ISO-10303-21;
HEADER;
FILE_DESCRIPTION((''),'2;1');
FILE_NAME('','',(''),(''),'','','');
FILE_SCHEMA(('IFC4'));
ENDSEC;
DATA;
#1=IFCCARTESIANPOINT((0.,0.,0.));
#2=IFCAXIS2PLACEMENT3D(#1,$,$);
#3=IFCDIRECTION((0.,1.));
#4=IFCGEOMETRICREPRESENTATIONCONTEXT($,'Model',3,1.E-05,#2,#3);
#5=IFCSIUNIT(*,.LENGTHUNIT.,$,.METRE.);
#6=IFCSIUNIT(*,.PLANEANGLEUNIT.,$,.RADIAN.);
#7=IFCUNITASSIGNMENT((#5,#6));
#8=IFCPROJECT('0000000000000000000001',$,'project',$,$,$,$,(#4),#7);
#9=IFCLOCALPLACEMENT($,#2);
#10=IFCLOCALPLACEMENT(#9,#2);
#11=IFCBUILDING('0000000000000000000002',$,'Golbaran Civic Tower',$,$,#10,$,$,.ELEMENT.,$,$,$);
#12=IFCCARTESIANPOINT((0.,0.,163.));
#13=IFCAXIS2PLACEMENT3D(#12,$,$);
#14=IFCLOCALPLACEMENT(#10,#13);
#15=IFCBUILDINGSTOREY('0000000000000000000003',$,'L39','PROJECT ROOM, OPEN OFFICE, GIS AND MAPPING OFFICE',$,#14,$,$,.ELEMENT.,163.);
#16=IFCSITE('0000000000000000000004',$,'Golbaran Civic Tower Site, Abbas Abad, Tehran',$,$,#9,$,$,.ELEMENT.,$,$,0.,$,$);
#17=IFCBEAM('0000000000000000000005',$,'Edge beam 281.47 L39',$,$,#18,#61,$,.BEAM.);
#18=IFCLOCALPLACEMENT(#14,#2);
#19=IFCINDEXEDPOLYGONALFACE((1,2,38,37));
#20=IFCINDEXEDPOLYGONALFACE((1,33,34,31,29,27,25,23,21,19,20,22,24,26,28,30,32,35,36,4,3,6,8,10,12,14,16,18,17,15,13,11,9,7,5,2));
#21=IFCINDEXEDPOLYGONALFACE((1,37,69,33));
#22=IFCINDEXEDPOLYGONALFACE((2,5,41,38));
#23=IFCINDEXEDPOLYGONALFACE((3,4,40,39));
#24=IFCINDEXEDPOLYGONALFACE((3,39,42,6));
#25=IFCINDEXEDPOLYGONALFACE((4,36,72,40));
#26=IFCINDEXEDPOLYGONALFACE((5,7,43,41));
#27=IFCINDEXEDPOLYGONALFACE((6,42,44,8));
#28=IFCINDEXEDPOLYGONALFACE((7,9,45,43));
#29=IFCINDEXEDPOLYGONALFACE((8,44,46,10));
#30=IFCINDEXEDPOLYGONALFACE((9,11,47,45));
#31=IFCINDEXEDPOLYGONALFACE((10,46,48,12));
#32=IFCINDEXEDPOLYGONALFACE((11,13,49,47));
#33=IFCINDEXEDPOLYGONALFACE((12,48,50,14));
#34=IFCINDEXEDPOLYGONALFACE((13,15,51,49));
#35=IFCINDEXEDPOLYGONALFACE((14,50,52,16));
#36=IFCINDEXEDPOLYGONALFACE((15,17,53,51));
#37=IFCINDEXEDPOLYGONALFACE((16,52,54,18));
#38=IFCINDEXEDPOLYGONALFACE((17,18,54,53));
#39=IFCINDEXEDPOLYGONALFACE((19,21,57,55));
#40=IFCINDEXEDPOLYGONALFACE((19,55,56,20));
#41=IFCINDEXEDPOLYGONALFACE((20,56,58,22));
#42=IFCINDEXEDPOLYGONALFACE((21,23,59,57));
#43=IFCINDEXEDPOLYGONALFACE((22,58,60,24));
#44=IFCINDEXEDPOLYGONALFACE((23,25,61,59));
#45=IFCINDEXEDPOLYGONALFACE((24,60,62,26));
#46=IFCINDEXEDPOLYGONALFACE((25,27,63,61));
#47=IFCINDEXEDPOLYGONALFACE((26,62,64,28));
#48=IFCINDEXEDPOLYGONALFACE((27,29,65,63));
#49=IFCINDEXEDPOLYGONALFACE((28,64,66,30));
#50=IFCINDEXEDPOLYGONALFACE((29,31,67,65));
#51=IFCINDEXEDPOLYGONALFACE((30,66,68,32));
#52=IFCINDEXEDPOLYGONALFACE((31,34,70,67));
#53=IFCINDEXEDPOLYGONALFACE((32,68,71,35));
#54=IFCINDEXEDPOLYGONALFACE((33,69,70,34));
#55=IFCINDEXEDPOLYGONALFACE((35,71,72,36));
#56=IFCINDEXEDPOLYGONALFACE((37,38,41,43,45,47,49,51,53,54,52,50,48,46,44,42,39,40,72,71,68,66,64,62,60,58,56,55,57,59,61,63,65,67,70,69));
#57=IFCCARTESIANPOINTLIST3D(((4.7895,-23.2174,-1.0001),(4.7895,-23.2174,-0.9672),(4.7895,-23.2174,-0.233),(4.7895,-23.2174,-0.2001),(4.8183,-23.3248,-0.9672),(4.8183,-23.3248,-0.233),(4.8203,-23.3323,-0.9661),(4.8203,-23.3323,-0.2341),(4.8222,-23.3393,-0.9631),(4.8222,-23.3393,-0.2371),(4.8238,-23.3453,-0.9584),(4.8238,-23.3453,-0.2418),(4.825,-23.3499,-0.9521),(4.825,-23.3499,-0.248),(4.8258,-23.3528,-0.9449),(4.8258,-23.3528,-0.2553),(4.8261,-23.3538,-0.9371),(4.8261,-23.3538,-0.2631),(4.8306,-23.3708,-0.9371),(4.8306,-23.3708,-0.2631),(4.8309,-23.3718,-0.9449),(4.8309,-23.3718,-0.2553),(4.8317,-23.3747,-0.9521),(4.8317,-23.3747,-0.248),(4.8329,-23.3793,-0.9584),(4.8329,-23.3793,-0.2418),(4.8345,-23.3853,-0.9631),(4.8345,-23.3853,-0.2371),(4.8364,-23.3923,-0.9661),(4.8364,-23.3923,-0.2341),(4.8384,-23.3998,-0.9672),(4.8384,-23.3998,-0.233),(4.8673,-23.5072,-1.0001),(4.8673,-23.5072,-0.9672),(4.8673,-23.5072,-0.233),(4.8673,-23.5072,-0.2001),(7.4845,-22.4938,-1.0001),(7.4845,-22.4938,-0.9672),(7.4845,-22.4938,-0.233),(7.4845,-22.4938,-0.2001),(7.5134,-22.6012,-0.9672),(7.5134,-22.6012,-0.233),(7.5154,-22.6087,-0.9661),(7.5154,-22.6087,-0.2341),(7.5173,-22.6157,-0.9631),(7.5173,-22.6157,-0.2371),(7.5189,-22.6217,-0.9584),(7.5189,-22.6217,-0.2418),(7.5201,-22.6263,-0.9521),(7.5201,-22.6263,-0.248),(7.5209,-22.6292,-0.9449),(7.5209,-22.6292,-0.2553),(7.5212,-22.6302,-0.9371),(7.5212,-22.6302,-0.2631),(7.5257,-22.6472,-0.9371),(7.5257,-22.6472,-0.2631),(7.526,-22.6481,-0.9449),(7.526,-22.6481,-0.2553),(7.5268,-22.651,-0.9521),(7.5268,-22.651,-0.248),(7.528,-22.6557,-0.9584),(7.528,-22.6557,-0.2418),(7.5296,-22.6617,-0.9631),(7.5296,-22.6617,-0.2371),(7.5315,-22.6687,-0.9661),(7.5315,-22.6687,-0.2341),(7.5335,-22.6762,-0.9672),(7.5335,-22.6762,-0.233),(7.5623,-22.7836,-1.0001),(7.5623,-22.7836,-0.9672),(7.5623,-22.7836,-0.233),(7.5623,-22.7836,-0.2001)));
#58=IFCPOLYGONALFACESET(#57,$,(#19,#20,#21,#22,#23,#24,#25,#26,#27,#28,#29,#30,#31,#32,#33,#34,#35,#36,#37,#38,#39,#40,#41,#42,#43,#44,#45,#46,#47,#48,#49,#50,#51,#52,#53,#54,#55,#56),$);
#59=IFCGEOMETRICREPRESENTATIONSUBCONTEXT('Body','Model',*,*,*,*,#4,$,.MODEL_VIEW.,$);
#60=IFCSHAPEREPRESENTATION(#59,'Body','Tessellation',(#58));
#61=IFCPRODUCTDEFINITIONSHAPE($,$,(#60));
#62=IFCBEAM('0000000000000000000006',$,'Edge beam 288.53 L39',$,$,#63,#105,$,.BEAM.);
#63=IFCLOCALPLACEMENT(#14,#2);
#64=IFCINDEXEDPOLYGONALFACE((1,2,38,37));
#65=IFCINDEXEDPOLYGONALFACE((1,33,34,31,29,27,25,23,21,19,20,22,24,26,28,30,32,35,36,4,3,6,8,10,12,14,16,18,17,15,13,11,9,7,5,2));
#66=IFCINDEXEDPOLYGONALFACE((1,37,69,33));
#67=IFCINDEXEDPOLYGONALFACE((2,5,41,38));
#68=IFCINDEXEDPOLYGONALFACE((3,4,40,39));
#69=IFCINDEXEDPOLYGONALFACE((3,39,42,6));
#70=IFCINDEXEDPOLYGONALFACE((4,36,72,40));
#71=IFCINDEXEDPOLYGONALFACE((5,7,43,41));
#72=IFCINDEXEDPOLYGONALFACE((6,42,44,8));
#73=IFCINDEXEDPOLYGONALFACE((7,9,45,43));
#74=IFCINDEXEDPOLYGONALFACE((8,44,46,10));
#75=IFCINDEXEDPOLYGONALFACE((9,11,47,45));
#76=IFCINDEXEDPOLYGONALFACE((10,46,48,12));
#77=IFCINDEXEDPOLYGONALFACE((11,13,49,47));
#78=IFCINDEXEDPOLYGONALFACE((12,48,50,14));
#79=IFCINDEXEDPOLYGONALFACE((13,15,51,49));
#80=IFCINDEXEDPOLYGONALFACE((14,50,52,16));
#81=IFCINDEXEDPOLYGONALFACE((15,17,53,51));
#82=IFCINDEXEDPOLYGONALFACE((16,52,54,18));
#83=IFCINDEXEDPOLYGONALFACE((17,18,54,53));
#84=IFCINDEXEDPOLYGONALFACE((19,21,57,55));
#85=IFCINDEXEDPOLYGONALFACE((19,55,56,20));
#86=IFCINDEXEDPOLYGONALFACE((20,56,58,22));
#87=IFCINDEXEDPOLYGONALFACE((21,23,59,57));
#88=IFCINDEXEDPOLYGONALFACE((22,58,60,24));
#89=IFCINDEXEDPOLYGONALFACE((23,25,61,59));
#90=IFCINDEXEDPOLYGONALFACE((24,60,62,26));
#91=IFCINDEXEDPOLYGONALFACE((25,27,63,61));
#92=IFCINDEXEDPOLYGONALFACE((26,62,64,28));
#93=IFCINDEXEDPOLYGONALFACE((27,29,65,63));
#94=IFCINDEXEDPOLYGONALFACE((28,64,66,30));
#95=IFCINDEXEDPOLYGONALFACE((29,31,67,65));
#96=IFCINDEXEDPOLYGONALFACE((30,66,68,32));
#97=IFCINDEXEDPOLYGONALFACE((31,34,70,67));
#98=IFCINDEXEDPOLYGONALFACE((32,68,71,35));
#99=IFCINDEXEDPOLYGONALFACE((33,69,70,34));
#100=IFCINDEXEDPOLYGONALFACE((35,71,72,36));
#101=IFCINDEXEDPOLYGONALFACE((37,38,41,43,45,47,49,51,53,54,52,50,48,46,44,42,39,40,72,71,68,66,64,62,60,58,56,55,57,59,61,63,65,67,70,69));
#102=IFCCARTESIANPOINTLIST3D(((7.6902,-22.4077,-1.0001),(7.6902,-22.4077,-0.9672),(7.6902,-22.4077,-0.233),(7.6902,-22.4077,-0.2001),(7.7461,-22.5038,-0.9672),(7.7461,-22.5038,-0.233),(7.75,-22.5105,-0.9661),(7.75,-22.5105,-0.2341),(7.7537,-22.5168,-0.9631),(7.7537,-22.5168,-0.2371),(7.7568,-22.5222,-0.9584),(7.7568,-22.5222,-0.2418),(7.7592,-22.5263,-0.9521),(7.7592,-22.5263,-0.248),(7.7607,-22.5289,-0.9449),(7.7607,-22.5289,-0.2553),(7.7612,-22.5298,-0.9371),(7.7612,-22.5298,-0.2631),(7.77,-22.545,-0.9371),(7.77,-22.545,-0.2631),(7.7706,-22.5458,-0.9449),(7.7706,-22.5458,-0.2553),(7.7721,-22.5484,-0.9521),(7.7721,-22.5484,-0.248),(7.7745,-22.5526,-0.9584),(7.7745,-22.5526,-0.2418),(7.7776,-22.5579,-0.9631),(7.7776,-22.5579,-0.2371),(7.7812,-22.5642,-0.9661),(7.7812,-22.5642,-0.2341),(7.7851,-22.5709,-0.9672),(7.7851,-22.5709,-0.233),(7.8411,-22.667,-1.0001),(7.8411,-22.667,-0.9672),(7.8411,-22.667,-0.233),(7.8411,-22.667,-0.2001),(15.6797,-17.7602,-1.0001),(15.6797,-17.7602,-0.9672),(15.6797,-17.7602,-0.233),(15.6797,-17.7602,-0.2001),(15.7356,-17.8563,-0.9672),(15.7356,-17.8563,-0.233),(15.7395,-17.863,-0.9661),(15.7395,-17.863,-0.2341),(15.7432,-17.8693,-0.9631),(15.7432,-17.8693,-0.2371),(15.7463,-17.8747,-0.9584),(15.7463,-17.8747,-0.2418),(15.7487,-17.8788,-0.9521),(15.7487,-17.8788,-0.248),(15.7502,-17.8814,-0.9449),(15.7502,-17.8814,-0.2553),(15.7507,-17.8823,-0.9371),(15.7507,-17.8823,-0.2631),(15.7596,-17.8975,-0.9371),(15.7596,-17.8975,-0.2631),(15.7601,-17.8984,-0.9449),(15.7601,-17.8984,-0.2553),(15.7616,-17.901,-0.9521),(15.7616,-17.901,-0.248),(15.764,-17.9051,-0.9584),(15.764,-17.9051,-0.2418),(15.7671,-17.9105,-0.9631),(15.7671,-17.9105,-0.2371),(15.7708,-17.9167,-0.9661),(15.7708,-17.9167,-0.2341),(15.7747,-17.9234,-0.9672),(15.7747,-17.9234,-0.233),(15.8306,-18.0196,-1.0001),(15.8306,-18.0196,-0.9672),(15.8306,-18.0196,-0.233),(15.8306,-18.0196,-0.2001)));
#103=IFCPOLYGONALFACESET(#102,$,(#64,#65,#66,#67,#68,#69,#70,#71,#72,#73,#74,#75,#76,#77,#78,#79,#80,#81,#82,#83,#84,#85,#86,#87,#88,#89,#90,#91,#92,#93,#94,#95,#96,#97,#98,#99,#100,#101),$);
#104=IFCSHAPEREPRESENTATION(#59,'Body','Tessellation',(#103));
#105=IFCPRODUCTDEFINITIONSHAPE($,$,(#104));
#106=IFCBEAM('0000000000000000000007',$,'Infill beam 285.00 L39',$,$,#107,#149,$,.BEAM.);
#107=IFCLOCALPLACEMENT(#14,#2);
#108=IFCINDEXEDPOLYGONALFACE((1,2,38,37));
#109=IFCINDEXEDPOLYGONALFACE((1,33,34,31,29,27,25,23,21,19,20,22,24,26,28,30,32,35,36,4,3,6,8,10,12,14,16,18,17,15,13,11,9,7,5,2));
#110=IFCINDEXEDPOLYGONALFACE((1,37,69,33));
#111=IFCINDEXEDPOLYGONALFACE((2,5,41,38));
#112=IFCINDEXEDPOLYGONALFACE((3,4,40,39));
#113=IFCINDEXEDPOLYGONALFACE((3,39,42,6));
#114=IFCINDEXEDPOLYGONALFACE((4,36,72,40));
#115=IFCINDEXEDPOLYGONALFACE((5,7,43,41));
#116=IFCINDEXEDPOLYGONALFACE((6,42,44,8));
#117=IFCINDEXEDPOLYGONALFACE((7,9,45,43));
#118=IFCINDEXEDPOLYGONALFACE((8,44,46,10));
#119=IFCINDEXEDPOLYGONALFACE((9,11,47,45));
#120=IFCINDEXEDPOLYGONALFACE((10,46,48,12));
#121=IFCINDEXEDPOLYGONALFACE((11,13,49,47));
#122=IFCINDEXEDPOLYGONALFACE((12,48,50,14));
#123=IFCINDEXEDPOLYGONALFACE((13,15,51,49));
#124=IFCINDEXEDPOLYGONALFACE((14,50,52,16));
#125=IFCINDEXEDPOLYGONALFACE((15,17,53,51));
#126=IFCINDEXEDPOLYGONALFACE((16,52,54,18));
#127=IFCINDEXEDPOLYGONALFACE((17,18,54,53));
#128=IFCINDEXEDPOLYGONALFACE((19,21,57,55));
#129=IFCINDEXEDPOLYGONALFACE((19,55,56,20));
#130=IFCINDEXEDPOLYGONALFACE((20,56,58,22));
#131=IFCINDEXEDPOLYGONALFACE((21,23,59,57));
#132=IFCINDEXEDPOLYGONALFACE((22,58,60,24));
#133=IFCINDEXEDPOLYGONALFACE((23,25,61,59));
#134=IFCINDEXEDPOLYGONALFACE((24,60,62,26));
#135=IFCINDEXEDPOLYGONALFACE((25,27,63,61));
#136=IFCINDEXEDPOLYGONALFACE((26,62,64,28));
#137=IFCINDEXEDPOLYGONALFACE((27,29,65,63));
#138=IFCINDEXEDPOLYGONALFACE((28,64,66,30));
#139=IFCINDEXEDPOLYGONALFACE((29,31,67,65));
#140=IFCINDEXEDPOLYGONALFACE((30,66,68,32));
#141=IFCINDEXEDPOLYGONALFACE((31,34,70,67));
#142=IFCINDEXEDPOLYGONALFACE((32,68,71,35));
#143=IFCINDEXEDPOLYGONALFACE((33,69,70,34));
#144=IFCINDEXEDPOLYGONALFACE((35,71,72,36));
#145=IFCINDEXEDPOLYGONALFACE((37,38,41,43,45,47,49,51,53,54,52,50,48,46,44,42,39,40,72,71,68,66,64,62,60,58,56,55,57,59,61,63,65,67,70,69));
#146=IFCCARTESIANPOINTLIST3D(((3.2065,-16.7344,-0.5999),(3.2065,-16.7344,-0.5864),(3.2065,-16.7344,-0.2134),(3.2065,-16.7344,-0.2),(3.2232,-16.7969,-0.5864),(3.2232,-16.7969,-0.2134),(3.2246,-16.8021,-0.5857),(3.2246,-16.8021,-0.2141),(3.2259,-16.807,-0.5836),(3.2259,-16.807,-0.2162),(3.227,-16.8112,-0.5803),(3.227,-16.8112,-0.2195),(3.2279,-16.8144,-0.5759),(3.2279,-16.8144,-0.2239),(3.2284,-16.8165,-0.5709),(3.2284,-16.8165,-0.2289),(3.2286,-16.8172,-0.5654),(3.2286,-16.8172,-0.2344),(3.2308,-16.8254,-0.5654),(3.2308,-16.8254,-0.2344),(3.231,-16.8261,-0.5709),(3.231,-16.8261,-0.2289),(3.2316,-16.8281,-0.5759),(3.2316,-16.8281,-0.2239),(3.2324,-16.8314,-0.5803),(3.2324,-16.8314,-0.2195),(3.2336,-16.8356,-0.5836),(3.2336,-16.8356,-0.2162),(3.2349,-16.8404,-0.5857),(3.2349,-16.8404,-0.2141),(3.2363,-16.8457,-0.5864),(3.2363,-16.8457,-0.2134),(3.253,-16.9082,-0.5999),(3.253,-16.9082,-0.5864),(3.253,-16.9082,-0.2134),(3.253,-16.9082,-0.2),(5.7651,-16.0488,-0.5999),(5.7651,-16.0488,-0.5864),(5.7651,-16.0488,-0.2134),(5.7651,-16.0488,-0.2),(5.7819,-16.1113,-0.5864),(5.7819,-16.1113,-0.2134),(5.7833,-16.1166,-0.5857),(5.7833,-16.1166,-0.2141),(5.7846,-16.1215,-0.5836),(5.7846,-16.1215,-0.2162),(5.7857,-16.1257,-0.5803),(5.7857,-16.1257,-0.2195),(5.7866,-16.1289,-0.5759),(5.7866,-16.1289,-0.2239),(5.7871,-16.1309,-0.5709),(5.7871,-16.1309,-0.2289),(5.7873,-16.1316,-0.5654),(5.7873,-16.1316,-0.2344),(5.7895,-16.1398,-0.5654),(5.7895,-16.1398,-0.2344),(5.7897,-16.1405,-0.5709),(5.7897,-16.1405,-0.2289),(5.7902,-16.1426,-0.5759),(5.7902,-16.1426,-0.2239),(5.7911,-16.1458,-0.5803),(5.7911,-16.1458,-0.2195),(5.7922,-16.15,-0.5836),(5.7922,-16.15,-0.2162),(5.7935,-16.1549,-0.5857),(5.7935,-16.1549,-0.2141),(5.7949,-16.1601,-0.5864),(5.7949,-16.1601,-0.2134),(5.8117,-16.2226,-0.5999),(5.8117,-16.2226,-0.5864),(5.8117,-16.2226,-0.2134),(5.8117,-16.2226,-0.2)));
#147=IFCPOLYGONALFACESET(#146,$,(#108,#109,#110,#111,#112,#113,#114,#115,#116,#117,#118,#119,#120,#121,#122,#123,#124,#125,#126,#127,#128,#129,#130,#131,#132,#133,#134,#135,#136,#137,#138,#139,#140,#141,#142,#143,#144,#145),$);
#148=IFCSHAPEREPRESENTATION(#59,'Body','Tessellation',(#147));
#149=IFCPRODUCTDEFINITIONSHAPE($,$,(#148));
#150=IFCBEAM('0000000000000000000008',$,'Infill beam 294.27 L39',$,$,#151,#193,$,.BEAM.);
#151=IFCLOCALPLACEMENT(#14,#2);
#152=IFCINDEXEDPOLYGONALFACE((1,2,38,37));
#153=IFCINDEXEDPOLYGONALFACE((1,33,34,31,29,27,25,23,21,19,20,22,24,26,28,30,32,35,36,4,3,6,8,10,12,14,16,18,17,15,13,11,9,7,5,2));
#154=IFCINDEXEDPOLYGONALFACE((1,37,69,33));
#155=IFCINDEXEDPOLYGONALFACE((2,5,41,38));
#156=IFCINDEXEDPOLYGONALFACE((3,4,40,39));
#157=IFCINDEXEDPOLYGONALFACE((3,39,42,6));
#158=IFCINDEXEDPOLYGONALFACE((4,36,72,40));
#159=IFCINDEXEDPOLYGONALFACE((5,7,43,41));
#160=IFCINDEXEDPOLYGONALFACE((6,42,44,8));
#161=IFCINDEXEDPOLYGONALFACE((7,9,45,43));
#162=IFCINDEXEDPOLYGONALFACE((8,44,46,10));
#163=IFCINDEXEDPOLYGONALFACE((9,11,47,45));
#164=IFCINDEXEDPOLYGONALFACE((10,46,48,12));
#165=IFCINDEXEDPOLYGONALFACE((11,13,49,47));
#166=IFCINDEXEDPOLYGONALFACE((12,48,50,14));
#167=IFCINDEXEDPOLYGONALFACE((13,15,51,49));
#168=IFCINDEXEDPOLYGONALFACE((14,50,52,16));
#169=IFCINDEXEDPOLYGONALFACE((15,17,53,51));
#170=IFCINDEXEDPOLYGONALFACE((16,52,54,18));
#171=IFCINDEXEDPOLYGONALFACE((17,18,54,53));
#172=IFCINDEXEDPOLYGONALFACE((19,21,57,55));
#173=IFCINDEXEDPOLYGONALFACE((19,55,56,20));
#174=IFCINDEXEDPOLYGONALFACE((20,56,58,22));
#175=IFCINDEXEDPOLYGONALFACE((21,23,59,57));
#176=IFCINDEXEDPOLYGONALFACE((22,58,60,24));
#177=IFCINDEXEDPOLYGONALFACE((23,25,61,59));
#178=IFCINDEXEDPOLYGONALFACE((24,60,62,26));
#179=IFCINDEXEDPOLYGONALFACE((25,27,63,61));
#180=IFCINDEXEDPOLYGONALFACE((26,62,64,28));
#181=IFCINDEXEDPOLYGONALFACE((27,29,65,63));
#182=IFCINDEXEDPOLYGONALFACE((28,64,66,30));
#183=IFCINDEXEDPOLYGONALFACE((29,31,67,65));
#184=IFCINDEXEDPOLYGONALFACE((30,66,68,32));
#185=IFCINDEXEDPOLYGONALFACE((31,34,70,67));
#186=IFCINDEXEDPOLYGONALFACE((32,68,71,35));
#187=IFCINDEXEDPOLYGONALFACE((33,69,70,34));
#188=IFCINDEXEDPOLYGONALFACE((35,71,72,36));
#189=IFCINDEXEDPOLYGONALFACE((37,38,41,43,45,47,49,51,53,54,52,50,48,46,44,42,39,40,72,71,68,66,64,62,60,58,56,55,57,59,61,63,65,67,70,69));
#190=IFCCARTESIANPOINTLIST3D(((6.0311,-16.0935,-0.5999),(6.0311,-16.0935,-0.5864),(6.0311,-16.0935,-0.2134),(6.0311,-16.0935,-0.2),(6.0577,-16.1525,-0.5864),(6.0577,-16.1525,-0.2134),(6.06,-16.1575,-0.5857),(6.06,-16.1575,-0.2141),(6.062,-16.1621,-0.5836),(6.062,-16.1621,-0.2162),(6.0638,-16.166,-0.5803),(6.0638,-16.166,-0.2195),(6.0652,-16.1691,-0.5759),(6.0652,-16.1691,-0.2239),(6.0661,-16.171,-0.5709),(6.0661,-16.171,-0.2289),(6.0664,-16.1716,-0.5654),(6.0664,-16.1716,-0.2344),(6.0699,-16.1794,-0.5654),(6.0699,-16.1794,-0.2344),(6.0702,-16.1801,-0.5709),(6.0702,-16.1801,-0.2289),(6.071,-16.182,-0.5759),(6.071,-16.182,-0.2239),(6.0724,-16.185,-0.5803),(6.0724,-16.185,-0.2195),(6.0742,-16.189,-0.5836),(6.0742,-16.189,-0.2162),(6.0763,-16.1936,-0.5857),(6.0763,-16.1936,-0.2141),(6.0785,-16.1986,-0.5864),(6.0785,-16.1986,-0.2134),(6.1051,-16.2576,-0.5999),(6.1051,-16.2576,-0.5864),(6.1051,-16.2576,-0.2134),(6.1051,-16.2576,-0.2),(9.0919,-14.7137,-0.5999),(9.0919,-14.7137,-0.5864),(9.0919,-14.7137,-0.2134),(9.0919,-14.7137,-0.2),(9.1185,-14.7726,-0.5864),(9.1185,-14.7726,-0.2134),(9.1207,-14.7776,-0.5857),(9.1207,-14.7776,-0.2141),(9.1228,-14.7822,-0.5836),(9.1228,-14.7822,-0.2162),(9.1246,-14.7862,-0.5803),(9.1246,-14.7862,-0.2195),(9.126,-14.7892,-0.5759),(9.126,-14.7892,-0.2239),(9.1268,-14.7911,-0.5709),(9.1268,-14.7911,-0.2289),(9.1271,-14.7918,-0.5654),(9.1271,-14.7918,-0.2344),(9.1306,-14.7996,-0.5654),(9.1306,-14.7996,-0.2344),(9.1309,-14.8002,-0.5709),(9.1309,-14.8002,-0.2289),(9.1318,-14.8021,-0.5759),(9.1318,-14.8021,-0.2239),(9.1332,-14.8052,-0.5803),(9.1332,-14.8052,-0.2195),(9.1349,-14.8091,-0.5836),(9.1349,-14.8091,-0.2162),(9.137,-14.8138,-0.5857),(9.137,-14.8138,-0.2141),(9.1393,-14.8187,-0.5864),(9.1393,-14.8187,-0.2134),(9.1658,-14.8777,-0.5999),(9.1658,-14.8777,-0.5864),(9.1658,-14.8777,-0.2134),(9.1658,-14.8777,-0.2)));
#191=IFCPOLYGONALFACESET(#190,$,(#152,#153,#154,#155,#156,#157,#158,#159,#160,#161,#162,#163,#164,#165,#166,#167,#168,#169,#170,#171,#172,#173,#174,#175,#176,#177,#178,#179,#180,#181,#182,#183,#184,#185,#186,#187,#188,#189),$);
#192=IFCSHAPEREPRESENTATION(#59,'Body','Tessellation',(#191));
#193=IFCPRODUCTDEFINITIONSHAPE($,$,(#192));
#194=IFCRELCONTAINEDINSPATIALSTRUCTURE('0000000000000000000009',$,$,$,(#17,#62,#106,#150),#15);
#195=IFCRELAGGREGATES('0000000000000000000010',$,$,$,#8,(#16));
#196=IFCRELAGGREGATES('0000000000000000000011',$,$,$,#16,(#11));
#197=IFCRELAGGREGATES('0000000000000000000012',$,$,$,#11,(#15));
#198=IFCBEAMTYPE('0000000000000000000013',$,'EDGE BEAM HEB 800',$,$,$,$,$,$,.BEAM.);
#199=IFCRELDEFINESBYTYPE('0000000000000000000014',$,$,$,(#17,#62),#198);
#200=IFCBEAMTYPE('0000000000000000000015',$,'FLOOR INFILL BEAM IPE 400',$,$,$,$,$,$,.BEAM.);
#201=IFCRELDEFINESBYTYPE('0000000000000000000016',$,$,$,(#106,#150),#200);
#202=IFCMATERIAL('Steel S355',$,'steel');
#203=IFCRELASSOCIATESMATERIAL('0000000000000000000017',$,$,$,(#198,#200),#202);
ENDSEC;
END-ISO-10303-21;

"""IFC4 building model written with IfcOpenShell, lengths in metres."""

from ifc_helpers import new_model, si_unit, direction, frame, origin, origin_2d, place, context, subcontext, project, spatial, i_section, extrude, material, material_profile, profile_set, type_object, element, save


model = new_model("IFC4")

# Units and contexts
model_context = context("Model", 3, precision=1e-05, world=origin(), true_north=direction((0.0, 1.0)))
body_context = subcontext(model_context, "Body", "Model", "MODEL_VIEW")
ifc_project = project(units=[si_unit("LENGTHUNIT", "METRE"), si_unit("PLANEANGLEUNIT", "RADIAN")], contexts=[model_context])

# Site, building, storey
site_placement = place(None, origin())
site = spatial("IfcSite", under=ifc_project, at=site_placement, Name="Golbaran Civic Tower Site, Abbas Abad, Tehran", CompositionType="ELEMENT", RefElevation=0.0)
building_placement = place(site_placement, origin())
building = spatial("IfcBuilding", under=site, at=building_placement, Name="Golbaran Civic Tower", CompositionType="ELEMENT")
storey_placement = place(building_placement, frame((0.0, 0.0, 163.0)))
storey = spatial("IfcBuildingStorey", under=building, at=storey_placement, Name="L39", Description="PROJECT ROOM, OPEN OFFICE, GIS AND MAPPING OFFICE", CompositionType="ELEMENT", Elevation=163.0)

# Beams
ifc_material_1 = material(Name="Steel S355", Category="steel")
ifc_material_profile_1 = material_profile(ifc_material_1, i_section(OverallWidth=0.3, OverallDepth=0.8, WebThickness=0.0176, FlangeThickness=0.033, FilletRadius=0.03, at=origin_2d()), Name="HEB 800")
ifc_profile_set_1 = profile_set([ifc_material_profile_1], Name="Steel S355")
beam_type_1 = type_object("IfcBeamType", Name="EDGE BEAM HEB 800", PredefinedType="BEAM", material=ifc_profile_set_1)
beam_1_placement = place(storey_placement, frame((4.8284, -23.3623, -0.6001), z_axis=(0.965792, 0.259318, 0.0), x_axis=(-0.259318, 0.965792, 0.0)))
element("IfcBeam", 1, at=beam_1_placement, inside=storey, type_object=beam_type_1, Name="Edge beam 281.47 L39", PredefinedType="BEAM", context=body_context, shape_type="SweptSolid", body=[
    extrude(i_section(OverallWidth=0.3, OverallDepth=0.8, WebThickness=0.0176, FlangeThickness=0.033, FilletRadius=0.03, at=origin_2d()), origin(), (0.0, 0.0, 1.0), 2.7905),
])
beam_2_placement = place(storey_placement, frame((7.7656, -22.5374, -0.6001), z_axis=(0.864394, 0.502815, 0.0), x_axis=(-0.502815, 0.864394, 0.0)))
element("IfcBeam", 2, at=beam_2_placement, inside=storey, type_object=beam_type_1, Name="Edge beam 288.53 L39", PredefinedType="BEAM", context=body_context, shape_type="SweptSolid", body=[
    extrude(i_section(OverallWidth=0.3, OverallDepth=0.8, WebThickness=0.0176, FlangeThickness=0.033, FilletRadius=0.03, at=origin_2d()), origin(), (0.0, 0.0, 1.0), 9.2429),
])
ifc_material_profile_2 = material_profile(ifc_material_1, i_section(OverallWidth=0.1799, OverallDepth=0.3999, WebThickness=0.0085, FlangeThickness=0.0134, FilletRadius=0.021, at=origin_2d()), Name="IPE 400")
ifc_profile_set_2 = profile_set([ifc_material_profile_2], Name="Steel S355")
beam_type_2 = type_object("IfcBeamType", Name="FLOOR INFILL BEAM IPE 400", PredefinedType="BEAM", material=ifc_profile_set_2)
beam_3_placement = place(storey_placement, frame((3.2297, -16.8213, -0.3999), z_axis=(0.965928, 0.25881, 0.0), x_axis=(-0.25881, 0.965928, 0.0)))
element("IfcBeam", 3, at=beam_3_placement, inside=storey, type_object=beam_type_2, Name="Infill beam 285.00 L39", PredefinedType="BEAM", context=body_context, shape_type="SweptSolid", body=[
    extrude(i_section(OverallWidth=0.1799, OverallDepth=0.3999, WebThickness=0.0085, FlangeThickness=0.0134, FilletRadius=0.021, at=origin_2d()), origin(), (0.0, 0.0, 1.0), 2.6489),
])
beam_4_placement = place(storey_placement, frame((6.0681, -16.1755, -0.3999), z_axis=(0.91164, 0.41099, 0.0), x_axis=(-0.41099, 0.91164, 0.0)))
element("IfcBeam", 4, at=beam_4_placement, inside=storey, type_object=beam_type_2, Name="Infill beam 294.27 L39", PredefinedType="BEAM", context=body_context, shape_type="SweptSolid", body=[
    extrude(i_section(OverallWidth=0.1799, OverallDepth=0.3999, WebThickness=0.0085, FlangeThickness=0.0134, FilletRadius=0.021, at=origin_2d()), origin(), (0.0, 0.0, 1.0), 3.3574),
])

save(model, "model.ifc")
